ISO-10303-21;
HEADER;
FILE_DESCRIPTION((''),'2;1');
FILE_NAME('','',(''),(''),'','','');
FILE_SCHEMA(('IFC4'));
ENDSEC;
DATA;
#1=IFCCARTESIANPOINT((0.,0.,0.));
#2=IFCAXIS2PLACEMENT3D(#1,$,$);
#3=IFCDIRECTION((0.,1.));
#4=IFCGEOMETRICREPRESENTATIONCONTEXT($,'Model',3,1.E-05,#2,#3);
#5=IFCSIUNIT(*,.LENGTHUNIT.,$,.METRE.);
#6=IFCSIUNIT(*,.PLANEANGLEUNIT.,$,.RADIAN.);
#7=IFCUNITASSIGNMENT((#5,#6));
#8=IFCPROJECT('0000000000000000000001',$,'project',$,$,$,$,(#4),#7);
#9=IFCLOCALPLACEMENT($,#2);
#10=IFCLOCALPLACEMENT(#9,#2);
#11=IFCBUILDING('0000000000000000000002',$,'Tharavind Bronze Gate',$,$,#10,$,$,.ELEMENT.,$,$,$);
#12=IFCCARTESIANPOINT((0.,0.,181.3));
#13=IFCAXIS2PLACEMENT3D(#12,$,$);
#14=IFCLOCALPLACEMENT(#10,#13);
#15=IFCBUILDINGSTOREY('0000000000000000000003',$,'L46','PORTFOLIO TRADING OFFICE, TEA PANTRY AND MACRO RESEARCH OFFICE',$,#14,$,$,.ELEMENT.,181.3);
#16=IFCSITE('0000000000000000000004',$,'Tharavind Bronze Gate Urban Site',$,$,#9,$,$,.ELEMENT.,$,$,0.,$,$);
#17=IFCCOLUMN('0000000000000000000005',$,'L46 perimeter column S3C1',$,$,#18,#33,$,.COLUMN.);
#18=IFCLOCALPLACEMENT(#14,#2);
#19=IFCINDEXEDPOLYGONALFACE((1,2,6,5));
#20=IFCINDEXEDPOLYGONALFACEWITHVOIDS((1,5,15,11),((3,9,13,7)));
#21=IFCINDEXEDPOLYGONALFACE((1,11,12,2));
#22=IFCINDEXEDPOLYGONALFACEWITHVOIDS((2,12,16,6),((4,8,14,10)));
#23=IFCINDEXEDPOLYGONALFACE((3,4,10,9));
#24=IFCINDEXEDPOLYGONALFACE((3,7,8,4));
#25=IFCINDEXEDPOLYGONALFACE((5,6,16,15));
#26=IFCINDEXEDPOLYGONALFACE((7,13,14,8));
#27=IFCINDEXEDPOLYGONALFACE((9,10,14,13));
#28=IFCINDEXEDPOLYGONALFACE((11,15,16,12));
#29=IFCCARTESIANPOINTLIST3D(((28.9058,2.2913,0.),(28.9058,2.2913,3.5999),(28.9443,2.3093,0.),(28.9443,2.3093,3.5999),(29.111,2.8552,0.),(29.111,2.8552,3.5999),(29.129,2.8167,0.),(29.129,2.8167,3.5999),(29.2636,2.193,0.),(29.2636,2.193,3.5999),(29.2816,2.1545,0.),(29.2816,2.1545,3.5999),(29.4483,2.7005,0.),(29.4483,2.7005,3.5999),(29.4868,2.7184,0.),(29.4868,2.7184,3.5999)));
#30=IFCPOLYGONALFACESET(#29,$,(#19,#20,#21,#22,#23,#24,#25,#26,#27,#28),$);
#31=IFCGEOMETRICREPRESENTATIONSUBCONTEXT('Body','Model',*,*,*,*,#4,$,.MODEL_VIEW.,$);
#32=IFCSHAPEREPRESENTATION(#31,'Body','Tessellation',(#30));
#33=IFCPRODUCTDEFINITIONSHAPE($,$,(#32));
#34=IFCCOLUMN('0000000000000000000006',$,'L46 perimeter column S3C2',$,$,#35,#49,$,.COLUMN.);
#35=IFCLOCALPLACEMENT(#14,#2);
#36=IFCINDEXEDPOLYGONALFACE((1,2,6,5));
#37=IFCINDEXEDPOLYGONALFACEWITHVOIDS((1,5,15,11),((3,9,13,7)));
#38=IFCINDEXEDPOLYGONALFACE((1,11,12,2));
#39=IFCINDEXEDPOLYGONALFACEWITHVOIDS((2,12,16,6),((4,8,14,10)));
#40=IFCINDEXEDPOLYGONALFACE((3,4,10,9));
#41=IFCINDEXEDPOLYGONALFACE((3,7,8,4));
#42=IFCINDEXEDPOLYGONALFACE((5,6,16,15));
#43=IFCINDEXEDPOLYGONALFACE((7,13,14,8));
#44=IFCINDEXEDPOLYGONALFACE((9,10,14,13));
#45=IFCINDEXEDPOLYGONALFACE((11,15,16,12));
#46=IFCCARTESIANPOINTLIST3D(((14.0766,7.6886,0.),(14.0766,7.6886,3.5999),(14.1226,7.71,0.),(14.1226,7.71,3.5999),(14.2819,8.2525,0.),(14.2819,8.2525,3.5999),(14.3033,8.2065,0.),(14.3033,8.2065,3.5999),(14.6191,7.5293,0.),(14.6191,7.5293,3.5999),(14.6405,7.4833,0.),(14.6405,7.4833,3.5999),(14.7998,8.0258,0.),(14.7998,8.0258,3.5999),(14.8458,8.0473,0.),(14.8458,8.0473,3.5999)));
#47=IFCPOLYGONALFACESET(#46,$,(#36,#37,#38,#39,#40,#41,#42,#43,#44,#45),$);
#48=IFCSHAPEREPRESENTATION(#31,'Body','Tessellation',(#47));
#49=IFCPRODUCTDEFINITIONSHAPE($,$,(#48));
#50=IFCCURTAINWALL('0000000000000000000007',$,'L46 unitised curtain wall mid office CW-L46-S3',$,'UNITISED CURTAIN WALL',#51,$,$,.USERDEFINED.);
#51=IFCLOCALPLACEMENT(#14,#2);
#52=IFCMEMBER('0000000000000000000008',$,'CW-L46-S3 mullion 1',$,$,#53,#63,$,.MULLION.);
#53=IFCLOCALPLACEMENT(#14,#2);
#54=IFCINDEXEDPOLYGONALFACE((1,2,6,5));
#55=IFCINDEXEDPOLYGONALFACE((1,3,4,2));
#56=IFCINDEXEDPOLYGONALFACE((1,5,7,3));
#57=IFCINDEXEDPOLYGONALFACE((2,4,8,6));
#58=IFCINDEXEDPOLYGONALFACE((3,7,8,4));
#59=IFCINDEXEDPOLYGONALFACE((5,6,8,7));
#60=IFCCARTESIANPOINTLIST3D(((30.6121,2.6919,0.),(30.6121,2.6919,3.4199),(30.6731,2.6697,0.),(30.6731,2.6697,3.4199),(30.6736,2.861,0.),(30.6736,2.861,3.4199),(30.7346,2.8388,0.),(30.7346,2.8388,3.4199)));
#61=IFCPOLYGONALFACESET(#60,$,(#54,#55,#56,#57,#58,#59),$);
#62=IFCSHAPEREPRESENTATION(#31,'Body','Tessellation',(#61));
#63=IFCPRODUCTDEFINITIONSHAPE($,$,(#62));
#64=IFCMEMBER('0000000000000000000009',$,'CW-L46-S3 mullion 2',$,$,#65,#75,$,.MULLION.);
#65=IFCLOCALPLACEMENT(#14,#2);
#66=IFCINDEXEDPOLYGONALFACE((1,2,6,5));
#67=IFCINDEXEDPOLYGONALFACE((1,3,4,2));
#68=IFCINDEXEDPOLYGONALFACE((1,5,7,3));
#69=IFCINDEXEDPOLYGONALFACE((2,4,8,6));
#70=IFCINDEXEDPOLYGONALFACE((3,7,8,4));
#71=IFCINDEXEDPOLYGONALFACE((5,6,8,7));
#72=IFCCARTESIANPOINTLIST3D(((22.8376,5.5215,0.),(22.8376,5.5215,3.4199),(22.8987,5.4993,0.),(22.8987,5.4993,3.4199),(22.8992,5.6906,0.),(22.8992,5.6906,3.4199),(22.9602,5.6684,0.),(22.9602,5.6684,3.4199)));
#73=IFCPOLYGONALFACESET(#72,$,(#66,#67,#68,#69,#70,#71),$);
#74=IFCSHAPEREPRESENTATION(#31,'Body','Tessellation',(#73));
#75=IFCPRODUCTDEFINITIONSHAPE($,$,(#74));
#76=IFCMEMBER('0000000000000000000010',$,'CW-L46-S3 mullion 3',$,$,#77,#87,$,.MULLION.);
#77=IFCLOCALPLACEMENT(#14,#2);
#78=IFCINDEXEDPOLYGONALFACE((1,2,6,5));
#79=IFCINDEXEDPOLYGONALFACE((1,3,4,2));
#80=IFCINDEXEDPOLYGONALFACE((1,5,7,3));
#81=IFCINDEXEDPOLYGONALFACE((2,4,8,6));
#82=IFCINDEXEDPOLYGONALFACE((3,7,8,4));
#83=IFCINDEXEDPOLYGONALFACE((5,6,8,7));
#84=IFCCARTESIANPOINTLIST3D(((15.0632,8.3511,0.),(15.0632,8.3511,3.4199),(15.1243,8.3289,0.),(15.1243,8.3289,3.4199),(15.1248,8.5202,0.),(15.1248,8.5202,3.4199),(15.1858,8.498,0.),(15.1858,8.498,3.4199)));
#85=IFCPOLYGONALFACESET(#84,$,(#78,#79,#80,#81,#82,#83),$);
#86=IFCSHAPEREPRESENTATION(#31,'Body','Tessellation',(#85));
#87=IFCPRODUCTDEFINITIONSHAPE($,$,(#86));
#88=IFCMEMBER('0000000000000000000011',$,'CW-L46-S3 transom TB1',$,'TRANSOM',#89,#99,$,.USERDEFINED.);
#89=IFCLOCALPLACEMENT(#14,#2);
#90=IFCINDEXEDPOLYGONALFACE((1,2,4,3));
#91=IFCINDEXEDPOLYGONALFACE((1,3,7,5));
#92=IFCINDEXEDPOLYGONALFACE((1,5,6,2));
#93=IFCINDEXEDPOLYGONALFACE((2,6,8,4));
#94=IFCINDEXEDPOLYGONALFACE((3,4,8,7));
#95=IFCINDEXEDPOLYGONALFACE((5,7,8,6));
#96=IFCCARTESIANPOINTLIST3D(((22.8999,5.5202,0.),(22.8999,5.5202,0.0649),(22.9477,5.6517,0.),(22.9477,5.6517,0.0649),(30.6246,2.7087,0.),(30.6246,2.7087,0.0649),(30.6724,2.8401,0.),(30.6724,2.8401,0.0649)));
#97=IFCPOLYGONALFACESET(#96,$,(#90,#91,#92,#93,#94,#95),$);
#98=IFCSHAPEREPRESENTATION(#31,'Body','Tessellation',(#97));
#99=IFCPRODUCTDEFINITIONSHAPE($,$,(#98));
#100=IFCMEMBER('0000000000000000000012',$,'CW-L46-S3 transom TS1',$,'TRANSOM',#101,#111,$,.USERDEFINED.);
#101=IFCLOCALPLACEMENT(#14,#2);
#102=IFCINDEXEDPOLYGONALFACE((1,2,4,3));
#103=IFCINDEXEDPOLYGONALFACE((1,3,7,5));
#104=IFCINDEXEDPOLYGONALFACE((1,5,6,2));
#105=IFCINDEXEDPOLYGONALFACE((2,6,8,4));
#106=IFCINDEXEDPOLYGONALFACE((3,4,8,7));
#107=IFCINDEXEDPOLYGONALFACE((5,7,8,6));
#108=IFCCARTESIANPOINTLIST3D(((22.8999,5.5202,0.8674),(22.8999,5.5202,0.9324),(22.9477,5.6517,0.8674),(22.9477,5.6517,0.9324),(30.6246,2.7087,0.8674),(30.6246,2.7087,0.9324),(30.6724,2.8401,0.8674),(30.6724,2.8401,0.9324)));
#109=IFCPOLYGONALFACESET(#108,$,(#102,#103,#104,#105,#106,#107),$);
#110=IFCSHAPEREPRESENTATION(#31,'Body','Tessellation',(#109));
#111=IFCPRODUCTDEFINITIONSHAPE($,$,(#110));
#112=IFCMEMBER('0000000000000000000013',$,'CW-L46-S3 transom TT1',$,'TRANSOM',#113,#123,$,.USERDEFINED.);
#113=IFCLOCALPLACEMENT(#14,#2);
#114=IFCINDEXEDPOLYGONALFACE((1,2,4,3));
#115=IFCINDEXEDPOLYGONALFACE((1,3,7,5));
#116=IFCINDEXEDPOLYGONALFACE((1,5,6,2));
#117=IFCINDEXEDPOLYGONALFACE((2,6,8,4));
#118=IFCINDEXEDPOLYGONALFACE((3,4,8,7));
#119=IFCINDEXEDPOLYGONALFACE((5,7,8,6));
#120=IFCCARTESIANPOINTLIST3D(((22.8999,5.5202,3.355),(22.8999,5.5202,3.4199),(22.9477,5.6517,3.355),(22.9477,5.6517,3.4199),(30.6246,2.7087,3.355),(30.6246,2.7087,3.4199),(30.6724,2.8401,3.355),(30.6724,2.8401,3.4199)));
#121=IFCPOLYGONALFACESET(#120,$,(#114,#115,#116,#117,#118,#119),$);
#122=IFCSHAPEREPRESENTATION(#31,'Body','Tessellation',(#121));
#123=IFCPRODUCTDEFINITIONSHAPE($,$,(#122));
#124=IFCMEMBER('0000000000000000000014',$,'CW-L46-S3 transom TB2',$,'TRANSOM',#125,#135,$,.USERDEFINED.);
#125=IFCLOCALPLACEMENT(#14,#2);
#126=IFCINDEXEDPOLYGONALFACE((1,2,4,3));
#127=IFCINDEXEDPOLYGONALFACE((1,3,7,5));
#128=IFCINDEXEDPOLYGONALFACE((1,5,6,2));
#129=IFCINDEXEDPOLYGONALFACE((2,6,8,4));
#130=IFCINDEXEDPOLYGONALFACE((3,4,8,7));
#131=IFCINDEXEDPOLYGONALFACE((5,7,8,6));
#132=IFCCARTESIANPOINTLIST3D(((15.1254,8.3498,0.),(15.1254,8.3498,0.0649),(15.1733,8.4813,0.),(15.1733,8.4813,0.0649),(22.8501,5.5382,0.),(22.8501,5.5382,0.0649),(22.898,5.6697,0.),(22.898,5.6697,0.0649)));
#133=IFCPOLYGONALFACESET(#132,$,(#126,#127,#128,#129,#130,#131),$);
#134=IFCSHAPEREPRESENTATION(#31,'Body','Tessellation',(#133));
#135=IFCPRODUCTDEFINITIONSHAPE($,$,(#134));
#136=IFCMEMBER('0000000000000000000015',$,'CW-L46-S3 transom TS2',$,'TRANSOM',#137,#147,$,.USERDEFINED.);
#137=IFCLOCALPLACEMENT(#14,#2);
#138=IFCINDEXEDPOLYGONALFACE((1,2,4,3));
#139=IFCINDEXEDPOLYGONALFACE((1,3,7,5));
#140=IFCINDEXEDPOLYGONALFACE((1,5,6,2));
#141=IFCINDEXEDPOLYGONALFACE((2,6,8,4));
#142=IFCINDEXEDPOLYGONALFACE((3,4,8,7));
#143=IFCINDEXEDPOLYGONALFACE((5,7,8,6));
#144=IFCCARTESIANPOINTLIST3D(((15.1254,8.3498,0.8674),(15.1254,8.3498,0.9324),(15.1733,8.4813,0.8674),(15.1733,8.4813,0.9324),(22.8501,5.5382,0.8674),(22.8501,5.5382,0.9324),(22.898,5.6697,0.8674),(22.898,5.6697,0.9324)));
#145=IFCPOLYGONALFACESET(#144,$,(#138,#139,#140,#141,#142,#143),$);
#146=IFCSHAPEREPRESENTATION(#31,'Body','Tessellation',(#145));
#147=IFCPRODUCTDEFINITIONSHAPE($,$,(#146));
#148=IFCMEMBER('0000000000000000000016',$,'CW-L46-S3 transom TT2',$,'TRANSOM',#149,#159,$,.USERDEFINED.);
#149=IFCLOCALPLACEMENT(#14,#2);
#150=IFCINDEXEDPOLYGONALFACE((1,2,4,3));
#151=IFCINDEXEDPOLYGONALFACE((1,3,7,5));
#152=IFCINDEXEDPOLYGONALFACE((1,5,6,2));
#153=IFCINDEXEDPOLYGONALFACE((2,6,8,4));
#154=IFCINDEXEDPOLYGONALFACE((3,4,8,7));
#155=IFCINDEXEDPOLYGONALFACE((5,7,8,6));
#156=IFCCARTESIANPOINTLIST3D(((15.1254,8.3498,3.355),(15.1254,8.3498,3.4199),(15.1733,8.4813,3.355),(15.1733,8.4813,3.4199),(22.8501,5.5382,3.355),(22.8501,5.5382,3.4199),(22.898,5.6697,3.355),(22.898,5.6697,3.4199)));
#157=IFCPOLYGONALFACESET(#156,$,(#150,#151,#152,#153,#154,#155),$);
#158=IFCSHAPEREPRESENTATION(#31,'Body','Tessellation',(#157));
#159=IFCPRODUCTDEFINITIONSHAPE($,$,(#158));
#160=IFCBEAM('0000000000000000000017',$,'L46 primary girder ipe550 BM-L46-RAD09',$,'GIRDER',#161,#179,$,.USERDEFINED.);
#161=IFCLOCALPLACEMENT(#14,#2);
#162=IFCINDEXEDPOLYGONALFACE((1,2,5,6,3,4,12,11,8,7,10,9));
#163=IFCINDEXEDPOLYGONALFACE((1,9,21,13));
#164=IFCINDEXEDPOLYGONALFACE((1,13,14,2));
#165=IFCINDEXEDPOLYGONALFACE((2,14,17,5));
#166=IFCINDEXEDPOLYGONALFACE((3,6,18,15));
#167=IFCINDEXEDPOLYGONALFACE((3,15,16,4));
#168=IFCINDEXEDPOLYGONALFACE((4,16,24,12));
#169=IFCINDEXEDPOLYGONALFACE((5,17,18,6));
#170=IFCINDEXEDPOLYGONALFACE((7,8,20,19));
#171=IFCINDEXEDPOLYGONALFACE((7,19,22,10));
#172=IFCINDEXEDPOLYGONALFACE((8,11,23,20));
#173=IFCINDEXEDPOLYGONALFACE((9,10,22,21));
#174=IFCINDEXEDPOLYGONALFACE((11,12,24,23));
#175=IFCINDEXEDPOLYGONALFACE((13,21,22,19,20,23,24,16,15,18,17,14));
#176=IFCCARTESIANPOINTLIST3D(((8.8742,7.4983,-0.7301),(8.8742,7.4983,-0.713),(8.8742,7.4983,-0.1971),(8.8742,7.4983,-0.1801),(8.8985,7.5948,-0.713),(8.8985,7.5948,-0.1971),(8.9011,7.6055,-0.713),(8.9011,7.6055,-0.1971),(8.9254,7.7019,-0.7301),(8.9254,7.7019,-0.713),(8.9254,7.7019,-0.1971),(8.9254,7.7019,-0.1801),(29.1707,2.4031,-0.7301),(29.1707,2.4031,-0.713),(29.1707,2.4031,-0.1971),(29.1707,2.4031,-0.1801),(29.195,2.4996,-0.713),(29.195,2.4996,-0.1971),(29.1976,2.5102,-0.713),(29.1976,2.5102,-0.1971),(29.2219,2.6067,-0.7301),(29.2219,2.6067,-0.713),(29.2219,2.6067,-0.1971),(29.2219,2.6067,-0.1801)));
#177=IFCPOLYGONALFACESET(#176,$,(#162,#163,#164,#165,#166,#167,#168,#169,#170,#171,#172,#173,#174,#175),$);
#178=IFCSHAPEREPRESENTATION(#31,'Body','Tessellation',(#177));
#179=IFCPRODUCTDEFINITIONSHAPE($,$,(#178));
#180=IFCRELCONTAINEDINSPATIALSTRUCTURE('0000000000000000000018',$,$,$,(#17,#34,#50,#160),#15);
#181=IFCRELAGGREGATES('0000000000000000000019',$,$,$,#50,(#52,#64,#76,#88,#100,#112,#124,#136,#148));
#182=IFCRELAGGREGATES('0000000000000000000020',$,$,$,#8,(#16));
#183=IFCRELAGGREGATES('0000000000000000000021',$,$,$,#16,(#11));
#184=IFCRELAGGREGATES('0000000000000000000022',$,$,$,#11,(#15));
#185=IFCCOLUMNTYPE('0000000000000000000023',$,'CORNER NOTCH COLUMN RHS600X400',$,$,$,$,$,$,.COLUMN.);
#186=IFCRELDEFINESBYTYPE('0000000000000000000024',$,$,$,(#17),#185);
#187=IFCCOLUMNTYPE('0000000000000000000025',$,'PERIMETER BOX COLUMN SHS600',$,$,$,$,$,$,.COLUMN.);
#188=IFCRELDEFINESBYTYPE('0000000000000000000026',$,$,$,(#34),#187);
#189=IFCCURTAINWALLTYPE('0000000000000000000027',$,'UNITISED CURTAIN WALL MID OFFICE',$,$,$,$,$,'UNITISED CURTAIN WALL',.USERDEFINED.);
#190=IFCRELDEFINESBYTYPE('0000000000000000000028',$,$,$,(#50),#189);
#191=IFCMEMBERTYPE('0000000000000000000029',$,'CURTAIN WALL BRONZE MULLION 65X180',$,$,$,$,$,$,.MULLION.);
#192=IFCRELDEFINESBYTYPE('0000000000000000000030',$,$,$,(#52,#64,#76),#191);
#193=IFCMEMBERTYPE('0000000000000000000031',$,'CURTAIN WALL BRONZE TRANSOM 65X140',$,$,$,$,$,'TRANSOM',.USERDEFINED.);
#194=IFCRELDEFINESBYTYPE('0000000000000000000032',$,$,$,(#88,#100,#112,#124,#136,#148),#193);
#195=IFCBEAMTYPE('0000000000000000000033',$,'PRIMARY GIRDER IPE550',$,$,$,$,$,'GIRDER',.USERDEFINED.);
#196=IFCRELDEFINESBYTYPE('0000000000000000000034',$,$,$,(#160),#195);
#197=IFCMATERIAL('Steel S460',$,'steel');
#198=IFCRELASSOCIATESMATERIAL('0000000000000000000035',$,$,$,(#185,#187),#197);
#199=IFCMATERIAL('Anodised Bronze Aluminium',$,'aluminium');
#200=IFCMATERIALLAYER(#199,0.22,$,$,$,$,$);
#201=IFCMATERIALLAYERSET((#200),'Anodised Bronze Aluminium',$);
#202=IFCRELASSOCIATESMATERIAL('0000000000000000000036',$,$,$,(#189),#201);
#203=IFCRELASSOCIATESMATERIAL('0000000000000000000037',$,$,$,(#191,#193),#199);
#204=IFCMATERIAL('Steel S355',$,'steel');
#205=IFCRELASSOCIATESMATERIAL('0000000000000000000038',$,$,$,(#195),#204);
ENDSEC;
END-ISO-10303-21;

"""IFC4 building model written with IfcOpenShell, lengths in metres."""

from ifc_helpers import new_model, si_unit, direction, frame, origin, origin_2d, place, context, subcontext, project, spatial, rectangle, hollow_rectangle, i_section, extrude, material, layer, layer_set, material_profile, profile_set, type_object, element, aggregate, save


model = new_model("IFC4")

# Units and contexts
model_context = context("Model", 3, precision=1e-05, world=origin(), true_north=direction((0.0, 1.0)))
body_context = subcontext(model_context, "Body", "Model", "MODEL_VIEW")
ifc_project = project(units=[si_unit("LENGTHUNIT", "METRE"), si_unit("PLANEANGLEUNIT", "RADIAN")], contexts=[model_context])

# Site, building, storey
site_placement = place(None, origin())
site = spatial("IfcSite", under=ifc_project, at=site_placement, Name="Tharavind Bronze Gate Urban Site", CompositionType="ELEMENT", RefElevation=0.0)
building_placement = place(site_placement, origin())
building = spatial("IfcBuilding", under=site, at=building_placement, Name="Tharavind Bronze Gate", CompositionType="ELEMENT")
storey_placement = place(building_placement, frame((0.0, 0.0, 181.3)))
storey = spatial("IfcBuildingStorey", under=building, at=storey_placement, Name="L46", Description="PORTFOLIO TRADING OFFICE, TEA PANTRY AND MACRO RESEARCH OFFICE", CompositionType="ELEMENT", Elevation=181.3)

# Columns
ifc_material_1 = material(Name="Steel S460", Category="steel")
ifc_material_profile_1 = material_profile(ifc_material_1, hollow_rectangle(XDim=0.3999, YDim=0.6001, WallThickness=0.03, at=origin_2d()), Name="RHS600X400X30")
ifc_profile_set_1 = profile_set([ifc_material_profile_1], Name="Steel S460")
column_type_1 = type_object("IfcColumnType", Name="CORNER NOTCH COLUMN RHS600X400", PredefinedType="COLUMN", material=ifc_profile_set_1)
column_1_placement = place(storey_placement, frame((29.1963, 2.5049, 0.0), z_axis=(0.0, 0.0, 1.0), x_axis=(-0.939692, 0.342022, 0.0)))
element("IfcColumn", 1, at=column_1_placement, inside=storey, type_object=column_type_1, Name="L46 perimeter column S3C1", PredefinedType="COLUMN", context=body_context, shape_type="SweptSolid", body=[
    extrude(hollow_rectangle(XDim=0.3999, YDim=0.6001, WallThickness=0.03, at=origin_2d()), origin(), (0.0, 0.0, 1.0), 3.5999),
])
ifc_material_profile_2 = material_profile(ifc_material_1, hollow_rectangle(XDim=0.6001, YDim=0.6001, WallThickness=0.0359, at=origin_2d()), Name="SHS600X36")
ifc_profile_set_2 = profile_set([ifc_material_profile_2], Name="Steel S460")
column_type_2 = type_object("IfcColumnType", Name="PERIMETER BOX COLUMN SHS600", PredefinedType="COLUMN", material=ifc_profile_set_2)
column_2_placement = place(storey_placement, frame((14.4612, 7.8679, 0.0), z_axis=(0.0, 0.0, 1.0), x_axis=(-0.939692, 0.342022, 0.0)))
element("IfcColumn", 2, at=column_2_placement, inside=storey, type_object=column_type_2, Name="L46 perimeter column S3C2", PredefinedType="COLUMN", context=body_context, shape_type="SweptSolid", body=[
    extrude(hollow_rectangle(XDim=0.6001, YDim=0.6001, WallThickness=0.0359, at=origin_2d()), origin(), (0.0, 0.0, 1.0), 3.5999),
])

# Curtain wall, members
ifc_material_2 = material(Name="Anodised Bronze Aluminium", Category="aluminium")
ifc_layer_1 = layer(ifc_material_2, 0.22)
ifc_layer_set_1 = layer_set([ifc_layer_1], Name="Anodised Bronze Aluminium")
curtain_wall_type = type_object("IfcCurtainWallType", Name="UNITISED CURTAIN WALL MID OFFICE", ElementType="UNITISED CURTAIN WALL", PredefinedType="USERDEFINED", material=ifc_layer_set_1)
curtain_wall_placement = place(storey_placement, origin())
curtain_wall = element("IfcCurtainWall", 3, at=curtain_wall_placement, inside=storey, type_object=curtain_wall_type, Name="L46 unitised curtain wall mid office CW-L46-S3", ObjectType="UNITISED CURTAIN WALL", PredefinedType="USERDEFINED")
member_type_1 = type_object("IfcMemberType", Name="CURTAIN WALL BRONZE MULLION 65X180", PredefinedType="MULLION", material=ifc_material_2)
member_1_placement = place(storey_placement, frame((30.6733, 2.7654, 0.0), z_axis=(0.0, 0.0, 1.0), x_axis=(-0.939692, 0.342022, 0.0)))
member_1 = element("IfcMember", 4, at=member_1_placement, type_object=member_type_1, Name="CW-L46-S3 mullion 1", PredefinedType="MULLION", context=body_context, shape_type="SweptSolid", body=[
    extrude(rectangle(XDim=0.0649, YDim=0.1799, at=origin_2d()), origin(), (0.0, 0.0, 1.0), 3.4199),
])
member_2_placement = place(storey_placement, frame((22.8989, 5.595, 0.0), z_axis=(0.0, 0.0, 1.0), x_axis=(-0.939692, 0.342022, 0.0)))
member_2 = element("IfcMember", 5, at=member_2_placement, type_object=member_type_1, Name="CW-L46-S3 mullion 2", PredefinedType="MULLION", context=body_context, shape_type="SweptSolid", body=[
    extrude(rectangle(XDim=0.0649, YDim=0.1799, at=origin_2d()), origin(), (0.0, 0.0, 1.0), 3.4199),
])
member_3_placement = place(storey_placement, frame((15.1245, 8.4246, 0.0), z_axis=(0.0, 0.0, 1.0), x_axis=(-0.939692, 0.342022, 0.0)))
member_3 = element("IfcMember", 6, at=member_3_placement, type_object=member_type_1, Name="CW-L46-S3 mullion 3", PredefinedType="MULLION", context=body_context, shape_type="SweptSolid", body=[
    extrude(rectangle(XDim=0.0649, YDim=0.1799, at=origin_2d()), origin(), (0.0, 0.0, 1.0), 3.4199),
])
member_type_2 = type_object("IfcMemberType", Name="CURTAIN WALL BRONZE TRANSOM 65X140", ElementType="TRANSOM", PredefinedType="USERDEFINED", material=ifc_material_2)
member_4_placement = place(storey_placement, frame((26.7861, 4.1802, 0.0), z_axis=(0.0, 0.0, 1.0), x_axis=(-0.939692, 0.342022, 0.0)))
member_4 = element("IfcMember", 7, at=member_4_placement, type_object=member_type_2, Name="CW-L46-S3 transom TB1", ObjectType="TRANSOM", PredefinedType="USERDEFINED", context=body_context, shape_type="SweptSolid", body=[
    extrude(rectangle(XDim=8.2205, YDim=0.1399, at=origin_2d()), origin(), (0.0, 0.0, 1.0), 0.0649),
])
member_5_placement = place(storey_placement, frame((26.7861, 4.1802, 0.8674), z_axis=(0.0, 0.0, 1.0), x_axis=(-0.939692, 0.342022, 0.0)))
member_5 = element("IfcMember", 8, at=member_5_placement, type_object=member_type_2, Name="CW-L46-S3 transom TS1", ObjectType="TRANSOM", PredefinedType="USERDEFINED", context=body_context, shape_type="SweptSolid", body=[
    extrude(rectangle(XDim=8.2205, YDim=0.1399, at=origin_2d()), origin(), (0.0, 0.0, 1.0), 0.0649),
])
member_6_placement = place(storey_placement, frame((26.7861, 4.1802, 3.355), z_axis=(0.0, 0.0, 1.0), x_axis=(-0.939692, 0.342022, 0.0)))
member_6 = element("IfcMember", 9, at=member_6_placement, type_object=member_type_2, Name="CW-L46-S3 transom TT1", ObjectType="TRANSOM", PredefinedType="USERDEFINED", context=body_context, shape_type="SweptSolid", body=[
    extrude(rectangle(XDim=8.2205, YDim=0.1399, at=origin_2d()), origin(), (0.0, 0.0, 1.0), 0.0649),
])
member_7_placement = place(storey_placement, frame((19.0117, 7.0098, 0.0), z_axis=(0.0, 0.0, 1.0), x_axis=(-0.939692, 0.342022, 0.0)))
member_7 = element("IfcMember", 10, at=member_7_placement, type_object=member_type_2, Name="CW-L46-S3 transom TB2", ObjectType="TRANSOM", PredefinedType="USERDEFINED", context=body_context, shape_type="SweptSolid", body=[
    extrude(rectangle(XDim=8.2205, YDim=0.1399, at=origin_2d()), origin(), (0.0, 0.0, 1.0), 0.0649),
])
member_8_placement = place(storey_placement, frame((19.0117, 7.0098, 0.8674), z_axis=(0.0, 0.0, 1.0), x_axis=(-0.939692, 0.342022, 0.0)))
member_8 = element("IfcMember", 11, at=member_8_placement, type_object=member_type_2, Name="CW-L46-S3 transom TS2", ObjectType="TRANSOM", PredefinedType="USERDEFINED", context=body_context, shape_type="SweptSolid", body=[
    extrude(rectangle(XDim=8.2205, YDim=0.1399, at=origin_2d()), origin(), (0.0, 0.0, 1.0), 0.0649),
])
member_9_placement = place(storey_placement, frame((19.0117, 7.0098, 3.355), z_axis=(0.0, 0.0, 1.0), x_axis=(-0.939692, 0.342022, 0.0)))
member_9 = element("IfcMember", 12, at=member_9_placement, type_object=member_type_2, Name="CW-L46-S3 transom TT2", ObjectType="TRANSOM", PredefinedType="USERDEFINED", context=body_context, shape_type="SweptSolid", body=[
    extrude(rectangle(XDim=8.2205, YDim=0.1399, at=origin_2d()), origin(), (0.0, 0.0, 1.0), 0.0649),
])

# Beam
ifc_material_3 = material(Name="Steel S355", Category="steel")
ifc_material_profile_3 = material_profile(ifc_material_3, i_section(OverallWidth=0.21, OverallDepth=0.55, WebThickness=0.011, FlangeThickness=0.0171, at=origin_2d()), Name="IPE550")
ifc_profile_set_3 = profile_set([ifc_material_profile_3], Name="Steel S355")
beam_type_1 = type_object("IfcBeamType", Name="PRIMARY GIRDER IPE550", ElementType="GIRDER", PredefinedType="USERDEFINED", material=ifc_profile_set_3)
beam_1_placement = place(storey_placement, frame((29.1963, 2.5049, -0.4551), z_axis=(-0.969905, 0.243485, 0.0), x_axis=(-0.243485, -0.969905, 0.0)))
element("IfcBeam", 13, at=beam_1_placement, inside=storey, type_object=beam_type_1, Name="L46 primary girder ipe550 BM-L46-RAD09", ObjectType="GIRDER", PredefinedType="USERDEFINED", context=body_context, shape_type="SweptSolid", body=[
    extrude(i_section(OverallWidth=0.21, OverallDepth=0.55, WebThickness=0.011, FlangeThickness=0.0171, at=origin_2d()), origin(), (0.0, 0.0, 1.0), 20.9263),
])

aggregate(curtain_wall, [member_1, member_2, member_3, member_4, member_5, member_6, member_7, member_8, member_9])

save(model, "model.ifc")
